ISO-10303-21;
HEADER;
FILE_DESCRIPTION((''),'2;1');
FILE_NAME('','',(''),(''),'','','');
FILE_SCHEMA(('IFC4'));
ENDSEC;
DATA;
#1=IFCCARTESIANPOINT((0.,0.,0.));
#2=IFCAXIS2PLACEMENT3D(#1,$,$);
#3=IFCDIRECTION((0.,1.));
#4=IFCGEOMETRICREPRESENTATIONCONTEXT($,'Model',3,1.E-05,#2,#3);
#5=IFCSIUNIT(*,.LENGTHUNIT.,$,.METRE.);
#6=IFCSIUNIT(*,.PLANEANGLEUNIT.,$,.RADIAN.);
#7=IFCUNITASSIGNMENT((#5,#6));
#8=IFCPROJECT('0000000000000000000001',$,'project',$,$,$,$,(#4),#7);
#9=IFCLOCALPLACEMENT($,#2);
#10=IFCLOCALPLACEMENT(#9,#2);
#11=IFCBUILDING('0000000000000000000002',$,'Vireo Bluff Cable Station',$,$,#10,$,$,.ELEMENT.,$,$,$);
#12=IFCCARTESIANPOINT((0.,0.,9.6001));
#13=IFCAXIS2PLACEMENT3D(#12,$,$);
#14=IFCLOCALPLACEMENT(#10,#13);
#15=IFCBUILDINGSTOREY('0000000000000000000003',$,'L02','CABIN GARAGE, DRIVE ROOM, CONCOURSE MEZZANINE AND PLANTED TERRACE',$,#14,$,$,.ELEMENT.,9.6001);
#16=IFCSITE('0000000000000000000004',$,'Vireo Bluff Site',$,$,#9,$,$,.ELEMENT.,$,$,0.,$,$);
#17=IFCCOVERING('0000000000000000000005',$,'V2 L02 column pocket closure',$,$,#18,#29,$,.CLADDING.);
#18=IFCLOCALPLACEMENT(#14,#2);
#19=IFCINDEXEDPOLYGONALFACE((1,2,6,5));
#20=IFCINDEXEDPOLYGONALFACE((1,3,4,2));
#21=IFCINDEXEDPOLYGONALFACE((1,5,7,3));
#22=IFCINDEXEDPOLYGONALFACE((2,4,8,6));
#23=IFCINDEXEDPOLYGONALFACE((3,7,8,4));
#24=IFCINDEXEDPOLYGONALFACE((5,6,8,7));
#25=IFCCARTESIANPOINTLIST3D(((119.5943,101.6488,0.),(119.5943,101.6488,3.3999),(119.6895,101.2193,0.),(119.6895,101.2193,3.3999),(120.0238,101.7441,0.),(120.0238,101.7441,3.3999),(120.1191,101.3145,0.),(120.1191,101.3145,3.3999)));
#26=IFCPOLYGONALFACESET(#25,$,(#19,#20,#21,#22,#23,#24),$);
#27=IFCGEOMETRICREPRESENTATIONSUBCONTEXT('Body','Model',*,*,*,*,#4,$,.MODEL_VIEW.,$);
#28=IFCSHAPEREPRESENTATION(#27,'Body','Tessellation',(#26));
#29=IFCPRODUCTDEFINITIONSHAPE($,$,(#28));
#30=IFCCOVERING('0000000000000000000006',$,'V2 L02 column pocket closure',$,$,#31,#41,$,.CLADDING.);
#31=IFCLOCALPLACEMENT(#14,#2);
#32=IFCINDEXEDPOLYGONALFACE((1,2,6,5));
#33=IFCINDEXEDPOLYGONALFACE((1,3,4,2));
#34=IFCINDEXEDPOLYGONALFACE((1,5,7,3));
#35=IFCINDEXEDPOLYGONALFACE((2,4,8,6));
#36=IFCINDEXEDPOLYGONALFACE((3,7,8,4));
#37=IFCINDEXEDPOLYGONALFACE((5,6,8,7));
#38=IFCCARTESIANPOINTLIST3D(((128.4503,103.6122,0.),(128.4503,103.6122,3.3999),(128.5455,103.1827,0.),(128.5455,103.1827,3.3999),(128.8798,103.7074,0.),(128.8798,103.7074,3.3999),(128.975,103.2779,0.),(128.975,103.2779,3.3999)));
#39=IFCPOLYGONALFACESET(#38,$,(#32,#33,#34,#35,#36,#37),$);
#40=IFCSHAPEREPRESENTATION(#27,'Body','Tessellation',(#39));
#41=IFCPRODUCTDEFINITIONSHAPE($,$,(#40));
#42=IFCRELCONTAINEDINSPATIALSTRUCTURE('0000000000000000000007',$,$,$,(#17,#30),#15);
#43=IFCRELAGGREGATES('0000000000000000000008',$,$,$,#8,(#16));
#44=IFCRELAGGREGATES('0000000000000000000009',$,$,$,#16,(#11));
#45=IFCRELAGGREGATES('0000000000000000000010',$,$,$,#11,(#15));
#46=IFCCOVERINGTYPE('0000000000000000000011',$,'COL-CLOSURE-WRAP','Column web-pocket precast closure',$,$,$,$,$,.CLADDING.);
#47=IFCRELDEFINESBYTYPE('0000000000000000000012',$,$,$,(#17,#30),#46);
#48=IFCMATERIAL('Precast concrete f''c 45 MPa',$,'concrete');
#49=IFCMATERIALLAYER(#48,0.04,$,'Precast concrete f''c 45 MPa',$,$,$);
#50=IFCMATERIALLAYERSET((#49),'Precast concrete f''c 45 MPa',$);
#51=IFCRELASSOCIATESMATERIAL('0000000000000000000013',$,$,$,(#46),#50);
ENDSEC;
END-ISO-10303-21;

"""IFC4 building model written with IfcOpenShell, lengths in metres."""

from ifc_helpers import new_model, si_unit, direction, frame, origin, origin_2d, place, context, subcontext, project, spatial, rectangle, extrude, material, layer, layer_set, type_object, element, save


model = new_model("IFC4")

# Units and contexts
model_context = context("Model", 3, precision=1e-05, world=origin(), true_north=direction((0.0, 1.0)))
body_context = subcontext(model_context, "Body", "Model", "MODEL_VIEW")
ifc_project = project(units=[si_unit("LENGTHUNIT", "METRE"), si_unit("PLANEANGLEUNIT", "RADIAN")], contexts=[model_context])

# Site, building, storey
site_placement = place(None, origin())
site = spatial("IfcSite", under=ifc_project, at=site_placement, Name="Vireo Bluff Site", CompositionType="ELEMENT", RefElevation=0.0)
building_placement = place(site_placement, origin())
building = spatial("IfcBuilding", under=site, at=building_placement, Name="Vireo Bluff Cable Station", CompositionType="ELEMENT")
storey_placement = place(building_placement, frame((0.0, 0.0, 9.6001)))
storey = spatial("IfcBuildingStorey", under=building, at=storey_placement, Name="L02", Description="CABIN GARAGE, DRIVE ROOM, CONCOURSE MEZZANINE AND PLANTED TERRACE", CompositionType="ELEMENT", Elevation=9.6001)

# Shared definitions
ifc_material_1 = material(Name="Precast concrete f'c 45 MPa", Category="concrete")

# Coverings
ifc_layer_1 = layer(ifc_material_1, 0.04, Name="Precast concrete f'c 45 MPa")
ifc_layer_set_1 = layer_set([ifc_layer_1], Name="Precast concrete f'c 45 MPa")
covering_type = type_object("IfcCoveringType", Name="COL-CLOSURE-WRAP", Description="Column web-pocket precast closure", PredefinedType="CLADDING", material=ifc_layer_set_1)
for number, where, z_axis, x_axis, name in (
    (1, (119.8567, 101.4817, 0.0), (0.0, 0.0, 1.0), (0.976296, 0.21644, 0.0), "V2 L02 column pocket closure"),
    (2, (128.7126, 103.4451, 0.0), (0.0, 0.0, 1.0), (0.976296, 0.21644, 0.0), "V2 L02 column pocket closure"),
):
    element("IfcCovering", number, at=place(storey_placement, frame(where, z_axis=z_axis, x_axis=x_axis)), inside=storey, type_object=covering_type, Name=name, PredefinedType="CLADDING", context=body_context, shape_type="SweptSolid", body=[
        extrude(rectangle(XDim=0.4399, YDim=0.4399, at=origin_2d()), origin(), (0.0, 0.0, 1.0), 3.3999),
    ])

save(model, "model.ifc")
